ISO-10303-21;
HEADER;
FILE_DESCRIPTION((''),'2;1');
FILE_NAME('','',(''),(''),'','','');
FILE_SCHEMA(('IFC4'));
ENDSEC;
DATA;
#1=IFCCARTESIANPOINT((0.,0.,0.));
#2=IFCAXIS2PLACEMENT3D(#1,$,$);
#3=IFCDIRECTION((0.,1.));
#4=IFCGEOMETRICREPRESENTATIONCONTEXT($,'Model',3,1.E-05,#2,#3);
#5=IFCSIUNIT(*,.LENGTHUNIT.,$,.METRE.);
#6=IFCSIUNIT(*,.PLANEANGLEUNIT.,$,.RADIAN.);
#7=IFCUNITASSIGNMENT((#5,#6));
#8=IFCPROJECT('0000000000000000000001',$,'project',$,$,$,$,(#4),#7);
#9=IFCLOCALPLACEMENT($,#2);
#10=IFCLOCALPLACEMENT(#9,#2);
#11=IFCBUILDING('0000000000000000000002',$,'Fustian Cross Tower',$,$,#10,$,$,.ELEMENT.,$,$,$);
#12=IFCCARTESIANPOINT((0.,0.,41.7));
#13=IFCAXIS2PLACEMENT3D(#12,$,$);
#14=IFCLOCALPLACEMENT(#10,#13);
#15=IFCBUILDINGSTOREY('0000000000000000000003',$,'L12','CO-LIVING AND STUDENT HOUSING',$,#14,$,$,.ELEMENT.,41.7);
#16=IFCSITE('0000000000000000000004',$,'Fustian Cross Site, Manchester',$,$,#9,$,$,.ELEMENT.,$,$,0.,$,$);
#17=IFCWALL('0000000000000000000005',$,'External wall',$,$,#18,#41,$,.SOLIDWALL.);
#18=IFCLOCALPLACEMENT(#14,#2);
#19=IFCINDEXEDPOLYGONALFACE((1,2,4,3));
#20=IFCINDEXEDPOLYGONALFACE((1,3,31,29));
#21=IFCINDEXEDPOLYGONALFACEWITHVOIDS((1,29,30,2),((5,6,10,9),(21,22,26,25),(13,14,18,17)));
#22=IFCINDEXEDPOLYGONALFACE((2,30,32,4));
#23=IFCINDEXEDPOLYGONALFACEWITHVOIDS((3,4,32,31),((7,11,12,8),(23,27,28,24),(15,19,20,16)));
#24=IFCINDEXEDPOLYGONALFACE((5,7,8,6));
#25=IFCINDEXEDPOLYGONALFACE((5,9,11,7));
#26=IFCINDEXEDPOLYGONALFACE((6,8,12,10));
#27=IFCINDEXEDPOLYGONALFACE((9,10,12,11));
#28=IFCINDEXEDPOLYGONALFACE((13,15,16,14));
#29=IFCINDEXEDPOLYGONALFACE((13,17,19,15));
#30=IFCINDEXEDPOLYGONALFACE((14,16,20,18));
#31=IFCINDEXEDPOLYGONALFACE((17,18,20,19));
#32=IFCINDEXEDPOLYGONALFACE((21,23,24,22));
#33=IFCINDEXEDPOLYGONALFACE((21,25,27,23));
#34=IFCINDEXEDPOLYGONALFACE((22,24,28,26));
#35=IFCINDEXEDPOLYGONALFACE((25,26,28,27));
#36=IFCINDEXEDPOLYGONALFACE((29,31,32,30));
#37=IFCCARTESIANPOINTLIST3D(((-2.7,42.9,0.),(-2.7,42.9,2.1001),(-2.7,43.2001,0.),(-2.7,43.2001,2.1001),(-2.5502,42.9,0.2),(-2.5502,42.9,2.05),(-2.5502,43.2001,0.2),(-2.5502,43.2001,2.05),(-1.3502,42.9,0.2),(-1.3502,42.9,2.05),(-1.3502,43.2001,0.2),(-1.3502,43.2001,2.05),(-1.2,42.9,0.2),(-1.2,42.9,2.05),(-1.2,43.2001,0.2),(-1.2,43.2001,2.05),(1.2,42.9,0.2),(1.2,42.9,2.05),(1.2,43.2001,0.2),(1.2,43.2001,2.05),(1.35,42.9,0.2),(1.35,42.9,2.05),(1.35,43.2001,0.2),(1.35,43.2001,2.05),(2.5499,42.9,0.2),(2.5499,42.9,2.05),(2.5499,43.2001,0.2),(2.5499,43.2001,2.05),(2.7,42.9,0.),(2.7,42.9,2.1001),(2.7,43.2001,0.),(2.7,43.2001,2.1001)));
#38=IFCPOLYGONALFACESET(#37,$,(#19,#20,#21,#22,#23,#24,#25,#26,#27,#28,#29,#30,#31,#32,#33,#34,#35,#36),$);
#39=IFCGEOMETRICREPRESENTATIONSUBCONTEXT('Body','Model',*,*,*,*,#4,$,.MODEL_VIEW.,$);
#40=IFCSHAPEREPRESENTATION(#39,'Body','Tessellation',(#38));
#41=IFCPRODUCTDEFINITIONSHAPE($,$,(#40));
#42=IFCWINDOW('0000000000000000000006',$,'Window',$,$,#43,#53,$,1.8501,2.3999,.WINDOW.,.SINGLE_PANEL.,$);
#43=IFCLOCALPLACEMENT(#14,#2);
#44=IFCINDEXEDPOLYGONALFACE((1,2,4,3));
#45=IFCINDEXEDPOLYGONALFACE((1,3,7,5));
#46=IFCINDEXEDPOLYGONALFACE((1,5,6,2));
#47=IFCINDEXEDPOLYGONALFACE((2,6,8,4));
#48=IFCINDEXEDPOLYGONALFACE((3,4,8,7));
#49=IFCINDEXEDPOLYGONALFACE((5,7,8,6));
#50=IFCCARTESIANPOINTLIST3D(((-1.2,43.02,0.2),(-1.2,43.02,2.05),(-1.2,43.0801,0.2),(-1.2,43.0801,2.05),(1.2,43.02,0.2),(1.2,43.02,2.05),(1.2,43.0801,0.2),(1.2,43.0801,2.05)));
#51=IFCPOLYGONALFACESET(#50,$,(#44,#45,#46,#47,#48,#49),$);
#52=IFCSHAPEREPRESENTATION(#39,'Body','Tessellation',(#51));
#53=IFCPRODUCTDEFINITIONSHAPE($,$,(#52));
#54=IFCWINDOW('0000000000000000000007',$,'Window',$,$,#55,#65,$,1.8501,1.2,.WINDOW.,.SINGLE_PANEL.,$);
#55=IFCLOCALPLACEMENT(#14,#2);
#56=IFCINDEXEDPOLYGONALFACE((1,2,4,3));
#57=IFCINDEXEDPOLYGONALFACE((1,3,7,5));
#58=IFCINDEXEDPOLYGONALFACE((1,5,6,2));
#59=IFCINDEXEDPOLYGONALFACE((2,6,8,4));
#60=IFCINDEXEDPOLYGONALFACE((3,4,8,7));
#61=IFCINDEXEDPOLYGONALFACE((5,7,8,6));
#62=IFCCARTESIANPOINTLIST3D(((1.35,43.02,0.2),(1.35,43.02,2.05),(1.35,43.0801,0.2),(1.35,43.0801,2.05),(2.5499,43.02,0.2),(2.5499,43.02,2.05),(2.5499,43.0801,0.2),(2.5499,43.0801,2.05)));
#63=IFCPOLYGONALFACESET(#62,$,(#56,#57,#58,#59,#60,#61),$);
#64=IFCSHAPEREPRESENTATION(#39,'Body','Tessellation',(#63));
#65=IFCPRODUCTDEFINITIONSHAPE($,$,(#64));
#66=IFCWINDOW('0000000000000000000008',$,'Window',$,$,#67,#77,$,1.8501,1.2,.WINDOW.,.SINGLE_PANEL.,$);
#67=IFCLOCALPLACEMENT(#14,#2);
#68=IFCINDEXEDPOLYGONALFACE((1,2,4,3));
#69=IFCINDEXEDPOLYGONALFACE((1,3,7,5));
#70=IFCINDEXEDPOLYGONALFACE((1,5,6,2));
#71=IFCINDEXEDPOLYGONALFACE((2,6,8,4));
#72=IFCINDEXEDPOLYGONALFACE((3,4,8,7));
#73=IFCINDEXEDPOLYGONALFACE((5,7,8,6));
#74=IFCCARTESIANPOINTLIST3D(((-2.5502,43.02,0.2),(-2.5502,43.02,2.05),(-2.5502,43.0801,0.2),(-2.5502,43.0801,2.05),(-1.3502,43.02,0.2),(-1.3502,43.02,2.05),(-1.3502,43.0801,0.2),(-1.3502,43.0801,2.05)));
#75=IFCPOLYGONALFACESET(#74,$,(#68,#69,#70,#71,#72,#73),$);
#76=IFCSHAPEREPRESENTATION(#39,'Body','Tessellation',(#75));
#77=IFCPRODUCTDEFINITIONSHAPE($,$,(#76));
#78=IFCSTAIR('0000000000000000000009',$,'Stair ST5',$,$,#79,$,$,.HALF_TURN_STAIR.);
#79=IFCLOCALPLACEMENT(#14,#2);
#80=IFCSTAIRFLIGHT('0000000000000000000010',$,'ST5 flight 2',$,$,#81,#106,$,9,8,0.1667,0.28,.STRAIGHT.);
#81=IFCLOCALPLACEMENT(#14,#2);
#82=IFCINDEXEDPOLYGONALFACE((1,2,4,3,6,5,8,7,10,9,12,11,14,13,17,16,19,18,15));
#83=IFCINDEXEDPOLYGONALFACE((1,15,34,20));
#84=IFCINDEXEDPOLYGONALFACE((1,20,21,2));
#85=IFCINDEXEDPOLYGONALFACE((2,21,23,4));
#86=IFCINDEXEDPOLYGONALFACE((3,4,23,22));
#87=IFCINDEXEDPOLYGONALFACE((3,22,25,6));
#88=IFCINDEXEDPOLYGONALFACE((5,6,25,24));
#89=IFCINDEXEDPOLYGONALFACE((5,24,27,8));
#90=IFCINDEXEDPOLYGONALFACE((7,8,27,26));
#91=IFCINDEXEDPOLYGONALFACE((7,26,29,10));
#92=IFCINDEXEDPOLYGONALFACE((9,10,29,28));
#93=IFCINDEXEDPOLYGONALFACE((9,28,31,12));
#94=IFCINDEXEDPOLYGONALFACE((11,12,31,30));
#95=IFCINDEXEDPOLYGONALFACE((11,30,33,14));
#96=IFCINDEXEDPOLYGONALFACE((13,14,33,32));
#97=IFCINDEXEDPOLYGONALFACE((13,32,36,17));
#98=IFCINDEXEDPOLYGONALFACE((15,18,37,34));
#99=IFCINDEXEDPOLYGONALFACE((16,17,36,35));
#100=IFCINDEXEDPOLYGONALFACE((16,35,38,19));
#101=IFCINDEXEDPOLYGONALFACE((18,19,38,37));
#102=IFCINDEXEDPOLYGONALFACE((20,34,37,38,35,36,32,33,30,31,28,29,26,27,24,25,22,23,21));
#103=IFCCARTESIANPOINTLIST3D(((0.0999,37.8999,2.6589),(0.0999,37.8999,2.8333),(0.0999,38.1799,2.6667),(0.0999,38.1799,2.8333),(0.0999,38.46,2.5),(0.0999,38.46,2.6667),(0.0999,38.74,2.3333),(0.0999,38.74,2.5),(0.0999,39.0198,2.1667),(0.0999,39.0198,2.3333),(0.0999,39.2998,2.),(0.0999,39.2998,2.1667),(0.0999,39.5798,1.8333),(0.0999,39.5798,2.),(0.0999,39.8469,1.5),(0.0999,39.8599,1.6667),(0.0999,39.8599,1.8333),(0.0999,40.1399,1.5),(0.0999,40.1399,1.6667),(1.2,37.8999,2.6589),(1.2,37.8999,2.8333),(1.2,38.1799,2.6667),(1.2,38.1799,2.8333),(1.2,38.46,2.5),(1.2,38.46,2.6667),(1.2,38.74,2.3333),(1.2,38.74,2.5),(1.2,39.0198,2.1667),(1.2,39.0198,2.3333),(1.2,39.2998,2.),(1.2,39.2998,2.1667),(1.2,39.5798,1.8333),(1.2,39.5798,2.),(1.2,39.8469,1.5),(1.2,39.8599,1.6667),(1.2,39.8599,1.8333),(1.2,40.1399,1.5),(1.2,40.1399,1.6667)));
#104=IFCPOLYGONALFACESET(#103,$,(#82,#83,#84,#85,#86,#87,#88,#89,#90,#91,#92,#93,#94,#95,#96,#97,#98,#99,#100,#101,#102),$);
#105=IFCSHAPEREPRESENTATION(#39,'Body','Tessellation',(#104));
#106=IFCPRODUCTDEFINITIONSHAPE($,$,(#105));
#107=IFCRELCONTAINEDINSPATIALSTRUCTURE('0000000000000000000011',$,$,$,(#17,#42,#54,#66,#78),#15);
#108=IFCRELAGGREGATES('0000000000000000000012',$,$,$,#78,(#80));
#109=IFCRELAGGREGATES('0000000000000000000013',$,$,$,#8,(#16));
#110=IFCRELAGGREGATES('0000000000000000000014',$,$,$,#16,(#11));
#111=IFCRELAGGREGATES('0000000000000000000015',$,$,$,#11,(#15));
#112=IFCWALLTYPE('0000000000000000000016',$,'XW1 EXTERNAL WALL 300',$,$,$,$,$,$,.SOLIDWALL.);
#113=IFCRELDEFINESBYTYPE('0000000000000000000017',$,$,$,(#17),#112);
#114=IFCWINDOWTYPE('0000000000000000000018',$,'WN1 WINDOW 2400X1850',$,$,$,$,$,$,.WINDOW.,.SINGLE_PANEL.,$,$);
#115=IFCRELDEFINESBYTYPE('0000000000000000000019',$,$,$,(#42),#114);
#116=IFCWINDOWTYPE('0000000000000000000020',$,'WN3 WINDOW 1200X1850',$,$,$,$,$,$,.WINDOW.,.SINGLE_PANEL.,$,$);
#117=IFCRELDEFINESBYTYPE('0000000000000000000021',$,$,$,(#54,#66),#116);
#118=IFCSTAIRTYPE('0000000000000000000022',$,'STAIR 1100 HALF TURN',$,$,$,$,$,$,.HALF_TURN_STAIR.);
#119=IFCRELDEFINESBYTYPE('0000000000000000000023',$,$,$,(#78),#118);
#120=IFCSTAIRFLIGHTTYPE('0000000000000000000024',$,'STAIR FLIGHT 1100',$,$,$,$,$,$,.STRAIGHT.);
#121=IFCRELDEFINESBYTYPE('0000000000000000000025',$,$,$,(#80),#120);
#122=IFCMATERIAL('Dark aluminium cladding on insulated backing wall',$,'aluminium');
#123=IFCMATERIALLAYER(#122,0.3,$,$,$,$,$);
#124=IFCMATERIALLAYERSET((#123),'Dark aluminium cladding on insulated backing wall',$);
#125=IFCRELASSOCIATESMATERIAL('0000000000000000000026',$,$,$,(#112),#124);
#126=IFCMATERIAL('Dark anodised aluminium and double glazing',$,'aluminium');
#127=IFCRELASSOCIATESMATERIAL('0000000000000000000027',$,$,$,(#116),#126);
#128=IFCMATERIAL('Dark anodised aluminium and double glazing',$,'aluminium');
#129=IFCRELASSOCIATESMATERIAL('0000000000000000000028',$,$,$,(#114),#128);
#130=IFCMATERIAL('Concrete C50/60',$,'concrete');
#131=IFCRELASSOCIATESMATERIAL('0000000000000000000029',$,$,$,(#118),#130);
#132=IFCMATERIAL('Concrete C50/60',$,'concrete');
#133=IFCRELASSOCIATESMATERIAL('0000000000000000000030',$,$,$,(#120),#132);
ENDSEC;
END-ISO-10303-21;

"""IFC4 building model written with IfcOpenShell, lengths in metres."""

from ifc_helpers import new_model, si_unit, direction, frame, frame_2d, origin, place, context, subcontext, project, spatial, polyline, rectangle, outline, extrude, material, layer, layer_set, type_object, element, fill, aggregate, save


model = new_model("IFC4")

# Units and contexts
model_context = context("Model", 3, precision=1e-05, world=origin(), true_north=direction((0.0, 1.0)))
body_context = subcontext(model_context, "Body", "Model", "MODEL_VIEW")
ifc_project = project(units=[si_unit("LENGTHUNIT", "METRE"), si_unit("PLANEANGLEUNIT", "RADIAN")], contexts=[model_context])

# Site, building, storey
site_placement = place(None, origin())
site = spatial("IfcSite", under=ifc_project, at=site_placement, Name="Fustian Cross Site, Manchester", CompositionType="ELEMENT", RefElevation=0.0)
building_placement = place(site_placement, origin())
building = spatial("IfcBuilding", under=site, at=building_placement, Name="Fustian Cross Tower", CompositionType="ELEMENT")
storey_placement = place(building_placement, frame((0.0, 0.0, 41.7)))
storey = spatial("IfcBuildingStorey", under=building, at=storey_placement, Name="L12", Description="CO-LIVING AND STUDENT HOUSING", CompositionType="ELEMENT", Elevation=41.7)

# Shared definitions
ifc_material_1 = material(Name="Dark aluminium cladding on insulated backing wall", Category="aluminium")
ifc_layer_1 = layer(ifc_material_1, 0.3)
ifc_layer_set_1 = layer_set([ifc_layer_1], Name="Dark aluminium cladding on insulated backing wall")
wall_type_1 = type_object("IfcWallType", Name="XW1 EXTERNAL WALL 300", PredefinedType="SOLIDWALL", material=ifc_layer_set_1)
ifc_material_2 = material(Name="Dark anodised aluminium and double glazing", Category="aluminium")
window_type_1 = type_object("IfcWindowType", Name="WN3 WINDOW 1200X1850", PartitioningType="SINGLE_PANEL", PredefinedType="WINDOW", material=ifc_material_2)

# Wall, openings, windows
wall_1_placement = place(storey_placement, frame((2.7, 43.05, 0.0), z_axis=(0.0, 0.0, 1.0), x_axis=(-1.0, 0.0, 0.0)))
wall_1 = element("IfcWall", 1, at=wall_1_placement, inside=storey, type_object=wall_type_1, Name="External wall", PredefinedType="SOLIDWALL", context=body_context, shape_type="SweptSolid", body=[
    extrude(rectangle(XDim=5.3999, YDim=0.3, at=frame_2d((2.7, 0.0))), origin(), (0.0, 0.0, 1.0), 2.1001),
])
opening_1_placement = place(wall_1_placement, frame((1.5, 0.0, 0.2)))
opening_1 = element("IfcOpeningElement", 2, at=opening_1_placement, cuts=wall_1, PredefinedType="OPENING", context=body_context, shape_type="SweptSolid", body=[
    extrude(rectangle(XDim=2.3999, YDim=1.8501, at=frame_2d((1.2, 0.925))), frame((0.0, 0.1599, 0.0), z_axis=(0.0, -1.0, 0.0), x_axis=(1.0, 0.0, 0.0)), (0.0, 0.0, 1.0), 0.3201),
])
opening_2_placement = place(wall_1_placement, frame((0.1499, 0.0, 0.2)))
opening_2 = element("IfcOpeningElement", 3, at=opening_2_placement, cuts=wall_1, PredefinedType="OPENING", context=body_context, shape_type="SweptSolid", body=[
    extrude(rectangle(XDim=1.2, YDim=1.8501, at=frame_2d((0.6001, 0.925))), frame((0.0, 0.1599, 0.0), z_axis=(0.0, -1.0, 0.0), x_axis=(1.0, 0.0, 0.0)), (0.0, 0.0, 1.0), 0.3201),
])
opening_3_placement = place(wall_1_placement, frame((4.05, 0.0, 0.2)))
opening_3 = element("IfcOpeningElement", 4, at=opening_3_placement, cuts=wall_1, PredefinedType="OPENING", context=body_context, shape_type="SweptSolid", body=[
    extrude(rectangle(XDim=1.2, YDim=1.8501, at=frame_2d((0.6001, 0.925))), frame((0.0, 0.1599, 0.0), z_axis=(0.0, -1.0, 0.0), x_axis=(1.0, 0.0, 0.0)), (0.0, 0.0, 1.0), 0.3201),
])
ifc_material_3 = material(Name="Dark anodised aluminium and double glazing", Category="aluminium")
window_type_2 = type_object("IfcWindowType", Name="WN1 WINDOW 2400X1850", PartitioningType="SINGLE_PANEL", PredefinedType="WINDOW", material=ifc_material_3)
window_1_placement = place(opening_1_placement, origin())
window_1 = element("IfcWindow", 5, at=window_1_placement, inside=storey, type_object=window_type_2, Name="Window", OverallHeight=1.8501, OverallWidth=2.3999, PartitioningType="SINGLE_PANEL", PredefinedType="WINDOW", context=body_context, shape_type="SweptSolid", body=[
    extrude(rectangle(XDim=2.3999, YDim=1.8501, at=frame_2d((1.2, 0.925))), frame((0.0, 0.03, 0.0), z_axis=(0.0, -1.0, 0.0), x_axis=(1.0, 0.0, 0.0)), (0.0, 0.0, 1.0), 0.0601),
])
fill(opening_1, window_1)
window_2_placement = place(opening_2_placement, origin())
window_2 = element("IfcWindow", 6, at=window_2_placement, inside=storey, type_object=window_type_1, Name="Window", OverallHeight=1.8501, OverallWidth=1.2, PartitioningType="SINGLE_PANEL", PredefinedType="WINDOW", context=body_context, shape_type="SweptSolid", body=[
    extrude(rectangle(XDim=1.2, YDim=1.8501, at=frame_2d((0.6001, 0.925))), frame((0.0, 0.03, 0.0), z_axis=(0.0, -1.0, 0.0), x_axis=(1.0, 0.0, 0.0)), (0.0, 0.0, 1.0), 0.0601),
])
fill(opening_2, window_2)
window_3_placement = place(opening_3_placement, origin())
window_3 = element("IfcWindow", 7, at=window_3_placement, inside=storey, type_object=window_type_1, Name="Window", OverallHeight=1.8501, OverallWidth=1.2, PartitioningType="SINGLE_PANEL", PredefinedType="WINDOW", context=body_context, shape_type="SweptSolid", body=[
    extrude(rectangle(XDim=1.2, YDim=1.8501, at=frame_2d((0.6001, 0.925))), frame((0.0, 0.03, 0.0), z_axis=(0.0, -1.0, 0.0), x_axis=(1.0, 0.0, 0.0)), (0.0, 0.0, 1.0), 0.0601),
])
fill(opening_3, window_3)

# Stair, stair flight
ifc_material_4 = material(Name="Concrete C50/60", Category="concrete")
stair_type = type_object("IfcStairType", Name="STAIR 1100 HALF TURN", PredefinedType="HALF_TURN_STAIR", material=ifc_material_4)
stair_placement = place(storey_placement, origin())
stair = element("IfcStair", 8, at=stair_placement, inside=storey, type_object=stair_type, Name="Stair ST5", PredefinedType="HALF_TURN_STAIR")
ifc_material_5 = material(Name="Concrete C50/60", Category="concrete")
stair_flight_type = type_object("IfcStairFlightType", Name="STAIR FLIGHT 1100", PredefinedType="STRAIGHT", material=ifc_material_5)
stair_flight_placement = place(storey_placement, frame((0.6499, 40.1399, 1.5), z_axis=(0.0, 0.0, 1.0), x_axis=(0.0, -1.0, 0.0)))
stair_flight = element("IfcStairFlight", 9, at=stair_flight_placement, type_object=stair_flight_type, Name="ST5 flight 2", NumberOfRisers=9, NumberOfTreads=8, PredefinedType="STRAIGHT", RiserHeight=0.1667, TreadLength=0.28, context=body_context, shape_type="SweptSolid", body=[
    extrude(outline(polyline([(0.0, 0.0), (0.0, 0.1667), (0.28, 0.1667), (0.28, 0.3333), (0.5601, 0.3333), (0.5601, 0.5), (0.8401, 0.5), (0.8401, 0.6667), (1.1201, 0.6667), (1.1201, 0.8333), (1.3999, 0.8333), (1.3999, 1.0), (1.6799, 1.0), (1.6799, 1.1667), (1.96, 1.1667), (1.96, 1.3333), (2.24, 1.3333), (2.24, 1.5), (2.24, 1.1589), (0.293, 0.0), (0.0, 0.0)])), frame((0.0, 0.55, 0.0), z_axis=(0.0, -1.0, 0.0), x_axis=(1.0, 0.0, 0.0)), (0.0, 0.0, 1.0), 1.1001),
])
aggregate(stair, [stair_flight])

save(model, "model.ifc")
